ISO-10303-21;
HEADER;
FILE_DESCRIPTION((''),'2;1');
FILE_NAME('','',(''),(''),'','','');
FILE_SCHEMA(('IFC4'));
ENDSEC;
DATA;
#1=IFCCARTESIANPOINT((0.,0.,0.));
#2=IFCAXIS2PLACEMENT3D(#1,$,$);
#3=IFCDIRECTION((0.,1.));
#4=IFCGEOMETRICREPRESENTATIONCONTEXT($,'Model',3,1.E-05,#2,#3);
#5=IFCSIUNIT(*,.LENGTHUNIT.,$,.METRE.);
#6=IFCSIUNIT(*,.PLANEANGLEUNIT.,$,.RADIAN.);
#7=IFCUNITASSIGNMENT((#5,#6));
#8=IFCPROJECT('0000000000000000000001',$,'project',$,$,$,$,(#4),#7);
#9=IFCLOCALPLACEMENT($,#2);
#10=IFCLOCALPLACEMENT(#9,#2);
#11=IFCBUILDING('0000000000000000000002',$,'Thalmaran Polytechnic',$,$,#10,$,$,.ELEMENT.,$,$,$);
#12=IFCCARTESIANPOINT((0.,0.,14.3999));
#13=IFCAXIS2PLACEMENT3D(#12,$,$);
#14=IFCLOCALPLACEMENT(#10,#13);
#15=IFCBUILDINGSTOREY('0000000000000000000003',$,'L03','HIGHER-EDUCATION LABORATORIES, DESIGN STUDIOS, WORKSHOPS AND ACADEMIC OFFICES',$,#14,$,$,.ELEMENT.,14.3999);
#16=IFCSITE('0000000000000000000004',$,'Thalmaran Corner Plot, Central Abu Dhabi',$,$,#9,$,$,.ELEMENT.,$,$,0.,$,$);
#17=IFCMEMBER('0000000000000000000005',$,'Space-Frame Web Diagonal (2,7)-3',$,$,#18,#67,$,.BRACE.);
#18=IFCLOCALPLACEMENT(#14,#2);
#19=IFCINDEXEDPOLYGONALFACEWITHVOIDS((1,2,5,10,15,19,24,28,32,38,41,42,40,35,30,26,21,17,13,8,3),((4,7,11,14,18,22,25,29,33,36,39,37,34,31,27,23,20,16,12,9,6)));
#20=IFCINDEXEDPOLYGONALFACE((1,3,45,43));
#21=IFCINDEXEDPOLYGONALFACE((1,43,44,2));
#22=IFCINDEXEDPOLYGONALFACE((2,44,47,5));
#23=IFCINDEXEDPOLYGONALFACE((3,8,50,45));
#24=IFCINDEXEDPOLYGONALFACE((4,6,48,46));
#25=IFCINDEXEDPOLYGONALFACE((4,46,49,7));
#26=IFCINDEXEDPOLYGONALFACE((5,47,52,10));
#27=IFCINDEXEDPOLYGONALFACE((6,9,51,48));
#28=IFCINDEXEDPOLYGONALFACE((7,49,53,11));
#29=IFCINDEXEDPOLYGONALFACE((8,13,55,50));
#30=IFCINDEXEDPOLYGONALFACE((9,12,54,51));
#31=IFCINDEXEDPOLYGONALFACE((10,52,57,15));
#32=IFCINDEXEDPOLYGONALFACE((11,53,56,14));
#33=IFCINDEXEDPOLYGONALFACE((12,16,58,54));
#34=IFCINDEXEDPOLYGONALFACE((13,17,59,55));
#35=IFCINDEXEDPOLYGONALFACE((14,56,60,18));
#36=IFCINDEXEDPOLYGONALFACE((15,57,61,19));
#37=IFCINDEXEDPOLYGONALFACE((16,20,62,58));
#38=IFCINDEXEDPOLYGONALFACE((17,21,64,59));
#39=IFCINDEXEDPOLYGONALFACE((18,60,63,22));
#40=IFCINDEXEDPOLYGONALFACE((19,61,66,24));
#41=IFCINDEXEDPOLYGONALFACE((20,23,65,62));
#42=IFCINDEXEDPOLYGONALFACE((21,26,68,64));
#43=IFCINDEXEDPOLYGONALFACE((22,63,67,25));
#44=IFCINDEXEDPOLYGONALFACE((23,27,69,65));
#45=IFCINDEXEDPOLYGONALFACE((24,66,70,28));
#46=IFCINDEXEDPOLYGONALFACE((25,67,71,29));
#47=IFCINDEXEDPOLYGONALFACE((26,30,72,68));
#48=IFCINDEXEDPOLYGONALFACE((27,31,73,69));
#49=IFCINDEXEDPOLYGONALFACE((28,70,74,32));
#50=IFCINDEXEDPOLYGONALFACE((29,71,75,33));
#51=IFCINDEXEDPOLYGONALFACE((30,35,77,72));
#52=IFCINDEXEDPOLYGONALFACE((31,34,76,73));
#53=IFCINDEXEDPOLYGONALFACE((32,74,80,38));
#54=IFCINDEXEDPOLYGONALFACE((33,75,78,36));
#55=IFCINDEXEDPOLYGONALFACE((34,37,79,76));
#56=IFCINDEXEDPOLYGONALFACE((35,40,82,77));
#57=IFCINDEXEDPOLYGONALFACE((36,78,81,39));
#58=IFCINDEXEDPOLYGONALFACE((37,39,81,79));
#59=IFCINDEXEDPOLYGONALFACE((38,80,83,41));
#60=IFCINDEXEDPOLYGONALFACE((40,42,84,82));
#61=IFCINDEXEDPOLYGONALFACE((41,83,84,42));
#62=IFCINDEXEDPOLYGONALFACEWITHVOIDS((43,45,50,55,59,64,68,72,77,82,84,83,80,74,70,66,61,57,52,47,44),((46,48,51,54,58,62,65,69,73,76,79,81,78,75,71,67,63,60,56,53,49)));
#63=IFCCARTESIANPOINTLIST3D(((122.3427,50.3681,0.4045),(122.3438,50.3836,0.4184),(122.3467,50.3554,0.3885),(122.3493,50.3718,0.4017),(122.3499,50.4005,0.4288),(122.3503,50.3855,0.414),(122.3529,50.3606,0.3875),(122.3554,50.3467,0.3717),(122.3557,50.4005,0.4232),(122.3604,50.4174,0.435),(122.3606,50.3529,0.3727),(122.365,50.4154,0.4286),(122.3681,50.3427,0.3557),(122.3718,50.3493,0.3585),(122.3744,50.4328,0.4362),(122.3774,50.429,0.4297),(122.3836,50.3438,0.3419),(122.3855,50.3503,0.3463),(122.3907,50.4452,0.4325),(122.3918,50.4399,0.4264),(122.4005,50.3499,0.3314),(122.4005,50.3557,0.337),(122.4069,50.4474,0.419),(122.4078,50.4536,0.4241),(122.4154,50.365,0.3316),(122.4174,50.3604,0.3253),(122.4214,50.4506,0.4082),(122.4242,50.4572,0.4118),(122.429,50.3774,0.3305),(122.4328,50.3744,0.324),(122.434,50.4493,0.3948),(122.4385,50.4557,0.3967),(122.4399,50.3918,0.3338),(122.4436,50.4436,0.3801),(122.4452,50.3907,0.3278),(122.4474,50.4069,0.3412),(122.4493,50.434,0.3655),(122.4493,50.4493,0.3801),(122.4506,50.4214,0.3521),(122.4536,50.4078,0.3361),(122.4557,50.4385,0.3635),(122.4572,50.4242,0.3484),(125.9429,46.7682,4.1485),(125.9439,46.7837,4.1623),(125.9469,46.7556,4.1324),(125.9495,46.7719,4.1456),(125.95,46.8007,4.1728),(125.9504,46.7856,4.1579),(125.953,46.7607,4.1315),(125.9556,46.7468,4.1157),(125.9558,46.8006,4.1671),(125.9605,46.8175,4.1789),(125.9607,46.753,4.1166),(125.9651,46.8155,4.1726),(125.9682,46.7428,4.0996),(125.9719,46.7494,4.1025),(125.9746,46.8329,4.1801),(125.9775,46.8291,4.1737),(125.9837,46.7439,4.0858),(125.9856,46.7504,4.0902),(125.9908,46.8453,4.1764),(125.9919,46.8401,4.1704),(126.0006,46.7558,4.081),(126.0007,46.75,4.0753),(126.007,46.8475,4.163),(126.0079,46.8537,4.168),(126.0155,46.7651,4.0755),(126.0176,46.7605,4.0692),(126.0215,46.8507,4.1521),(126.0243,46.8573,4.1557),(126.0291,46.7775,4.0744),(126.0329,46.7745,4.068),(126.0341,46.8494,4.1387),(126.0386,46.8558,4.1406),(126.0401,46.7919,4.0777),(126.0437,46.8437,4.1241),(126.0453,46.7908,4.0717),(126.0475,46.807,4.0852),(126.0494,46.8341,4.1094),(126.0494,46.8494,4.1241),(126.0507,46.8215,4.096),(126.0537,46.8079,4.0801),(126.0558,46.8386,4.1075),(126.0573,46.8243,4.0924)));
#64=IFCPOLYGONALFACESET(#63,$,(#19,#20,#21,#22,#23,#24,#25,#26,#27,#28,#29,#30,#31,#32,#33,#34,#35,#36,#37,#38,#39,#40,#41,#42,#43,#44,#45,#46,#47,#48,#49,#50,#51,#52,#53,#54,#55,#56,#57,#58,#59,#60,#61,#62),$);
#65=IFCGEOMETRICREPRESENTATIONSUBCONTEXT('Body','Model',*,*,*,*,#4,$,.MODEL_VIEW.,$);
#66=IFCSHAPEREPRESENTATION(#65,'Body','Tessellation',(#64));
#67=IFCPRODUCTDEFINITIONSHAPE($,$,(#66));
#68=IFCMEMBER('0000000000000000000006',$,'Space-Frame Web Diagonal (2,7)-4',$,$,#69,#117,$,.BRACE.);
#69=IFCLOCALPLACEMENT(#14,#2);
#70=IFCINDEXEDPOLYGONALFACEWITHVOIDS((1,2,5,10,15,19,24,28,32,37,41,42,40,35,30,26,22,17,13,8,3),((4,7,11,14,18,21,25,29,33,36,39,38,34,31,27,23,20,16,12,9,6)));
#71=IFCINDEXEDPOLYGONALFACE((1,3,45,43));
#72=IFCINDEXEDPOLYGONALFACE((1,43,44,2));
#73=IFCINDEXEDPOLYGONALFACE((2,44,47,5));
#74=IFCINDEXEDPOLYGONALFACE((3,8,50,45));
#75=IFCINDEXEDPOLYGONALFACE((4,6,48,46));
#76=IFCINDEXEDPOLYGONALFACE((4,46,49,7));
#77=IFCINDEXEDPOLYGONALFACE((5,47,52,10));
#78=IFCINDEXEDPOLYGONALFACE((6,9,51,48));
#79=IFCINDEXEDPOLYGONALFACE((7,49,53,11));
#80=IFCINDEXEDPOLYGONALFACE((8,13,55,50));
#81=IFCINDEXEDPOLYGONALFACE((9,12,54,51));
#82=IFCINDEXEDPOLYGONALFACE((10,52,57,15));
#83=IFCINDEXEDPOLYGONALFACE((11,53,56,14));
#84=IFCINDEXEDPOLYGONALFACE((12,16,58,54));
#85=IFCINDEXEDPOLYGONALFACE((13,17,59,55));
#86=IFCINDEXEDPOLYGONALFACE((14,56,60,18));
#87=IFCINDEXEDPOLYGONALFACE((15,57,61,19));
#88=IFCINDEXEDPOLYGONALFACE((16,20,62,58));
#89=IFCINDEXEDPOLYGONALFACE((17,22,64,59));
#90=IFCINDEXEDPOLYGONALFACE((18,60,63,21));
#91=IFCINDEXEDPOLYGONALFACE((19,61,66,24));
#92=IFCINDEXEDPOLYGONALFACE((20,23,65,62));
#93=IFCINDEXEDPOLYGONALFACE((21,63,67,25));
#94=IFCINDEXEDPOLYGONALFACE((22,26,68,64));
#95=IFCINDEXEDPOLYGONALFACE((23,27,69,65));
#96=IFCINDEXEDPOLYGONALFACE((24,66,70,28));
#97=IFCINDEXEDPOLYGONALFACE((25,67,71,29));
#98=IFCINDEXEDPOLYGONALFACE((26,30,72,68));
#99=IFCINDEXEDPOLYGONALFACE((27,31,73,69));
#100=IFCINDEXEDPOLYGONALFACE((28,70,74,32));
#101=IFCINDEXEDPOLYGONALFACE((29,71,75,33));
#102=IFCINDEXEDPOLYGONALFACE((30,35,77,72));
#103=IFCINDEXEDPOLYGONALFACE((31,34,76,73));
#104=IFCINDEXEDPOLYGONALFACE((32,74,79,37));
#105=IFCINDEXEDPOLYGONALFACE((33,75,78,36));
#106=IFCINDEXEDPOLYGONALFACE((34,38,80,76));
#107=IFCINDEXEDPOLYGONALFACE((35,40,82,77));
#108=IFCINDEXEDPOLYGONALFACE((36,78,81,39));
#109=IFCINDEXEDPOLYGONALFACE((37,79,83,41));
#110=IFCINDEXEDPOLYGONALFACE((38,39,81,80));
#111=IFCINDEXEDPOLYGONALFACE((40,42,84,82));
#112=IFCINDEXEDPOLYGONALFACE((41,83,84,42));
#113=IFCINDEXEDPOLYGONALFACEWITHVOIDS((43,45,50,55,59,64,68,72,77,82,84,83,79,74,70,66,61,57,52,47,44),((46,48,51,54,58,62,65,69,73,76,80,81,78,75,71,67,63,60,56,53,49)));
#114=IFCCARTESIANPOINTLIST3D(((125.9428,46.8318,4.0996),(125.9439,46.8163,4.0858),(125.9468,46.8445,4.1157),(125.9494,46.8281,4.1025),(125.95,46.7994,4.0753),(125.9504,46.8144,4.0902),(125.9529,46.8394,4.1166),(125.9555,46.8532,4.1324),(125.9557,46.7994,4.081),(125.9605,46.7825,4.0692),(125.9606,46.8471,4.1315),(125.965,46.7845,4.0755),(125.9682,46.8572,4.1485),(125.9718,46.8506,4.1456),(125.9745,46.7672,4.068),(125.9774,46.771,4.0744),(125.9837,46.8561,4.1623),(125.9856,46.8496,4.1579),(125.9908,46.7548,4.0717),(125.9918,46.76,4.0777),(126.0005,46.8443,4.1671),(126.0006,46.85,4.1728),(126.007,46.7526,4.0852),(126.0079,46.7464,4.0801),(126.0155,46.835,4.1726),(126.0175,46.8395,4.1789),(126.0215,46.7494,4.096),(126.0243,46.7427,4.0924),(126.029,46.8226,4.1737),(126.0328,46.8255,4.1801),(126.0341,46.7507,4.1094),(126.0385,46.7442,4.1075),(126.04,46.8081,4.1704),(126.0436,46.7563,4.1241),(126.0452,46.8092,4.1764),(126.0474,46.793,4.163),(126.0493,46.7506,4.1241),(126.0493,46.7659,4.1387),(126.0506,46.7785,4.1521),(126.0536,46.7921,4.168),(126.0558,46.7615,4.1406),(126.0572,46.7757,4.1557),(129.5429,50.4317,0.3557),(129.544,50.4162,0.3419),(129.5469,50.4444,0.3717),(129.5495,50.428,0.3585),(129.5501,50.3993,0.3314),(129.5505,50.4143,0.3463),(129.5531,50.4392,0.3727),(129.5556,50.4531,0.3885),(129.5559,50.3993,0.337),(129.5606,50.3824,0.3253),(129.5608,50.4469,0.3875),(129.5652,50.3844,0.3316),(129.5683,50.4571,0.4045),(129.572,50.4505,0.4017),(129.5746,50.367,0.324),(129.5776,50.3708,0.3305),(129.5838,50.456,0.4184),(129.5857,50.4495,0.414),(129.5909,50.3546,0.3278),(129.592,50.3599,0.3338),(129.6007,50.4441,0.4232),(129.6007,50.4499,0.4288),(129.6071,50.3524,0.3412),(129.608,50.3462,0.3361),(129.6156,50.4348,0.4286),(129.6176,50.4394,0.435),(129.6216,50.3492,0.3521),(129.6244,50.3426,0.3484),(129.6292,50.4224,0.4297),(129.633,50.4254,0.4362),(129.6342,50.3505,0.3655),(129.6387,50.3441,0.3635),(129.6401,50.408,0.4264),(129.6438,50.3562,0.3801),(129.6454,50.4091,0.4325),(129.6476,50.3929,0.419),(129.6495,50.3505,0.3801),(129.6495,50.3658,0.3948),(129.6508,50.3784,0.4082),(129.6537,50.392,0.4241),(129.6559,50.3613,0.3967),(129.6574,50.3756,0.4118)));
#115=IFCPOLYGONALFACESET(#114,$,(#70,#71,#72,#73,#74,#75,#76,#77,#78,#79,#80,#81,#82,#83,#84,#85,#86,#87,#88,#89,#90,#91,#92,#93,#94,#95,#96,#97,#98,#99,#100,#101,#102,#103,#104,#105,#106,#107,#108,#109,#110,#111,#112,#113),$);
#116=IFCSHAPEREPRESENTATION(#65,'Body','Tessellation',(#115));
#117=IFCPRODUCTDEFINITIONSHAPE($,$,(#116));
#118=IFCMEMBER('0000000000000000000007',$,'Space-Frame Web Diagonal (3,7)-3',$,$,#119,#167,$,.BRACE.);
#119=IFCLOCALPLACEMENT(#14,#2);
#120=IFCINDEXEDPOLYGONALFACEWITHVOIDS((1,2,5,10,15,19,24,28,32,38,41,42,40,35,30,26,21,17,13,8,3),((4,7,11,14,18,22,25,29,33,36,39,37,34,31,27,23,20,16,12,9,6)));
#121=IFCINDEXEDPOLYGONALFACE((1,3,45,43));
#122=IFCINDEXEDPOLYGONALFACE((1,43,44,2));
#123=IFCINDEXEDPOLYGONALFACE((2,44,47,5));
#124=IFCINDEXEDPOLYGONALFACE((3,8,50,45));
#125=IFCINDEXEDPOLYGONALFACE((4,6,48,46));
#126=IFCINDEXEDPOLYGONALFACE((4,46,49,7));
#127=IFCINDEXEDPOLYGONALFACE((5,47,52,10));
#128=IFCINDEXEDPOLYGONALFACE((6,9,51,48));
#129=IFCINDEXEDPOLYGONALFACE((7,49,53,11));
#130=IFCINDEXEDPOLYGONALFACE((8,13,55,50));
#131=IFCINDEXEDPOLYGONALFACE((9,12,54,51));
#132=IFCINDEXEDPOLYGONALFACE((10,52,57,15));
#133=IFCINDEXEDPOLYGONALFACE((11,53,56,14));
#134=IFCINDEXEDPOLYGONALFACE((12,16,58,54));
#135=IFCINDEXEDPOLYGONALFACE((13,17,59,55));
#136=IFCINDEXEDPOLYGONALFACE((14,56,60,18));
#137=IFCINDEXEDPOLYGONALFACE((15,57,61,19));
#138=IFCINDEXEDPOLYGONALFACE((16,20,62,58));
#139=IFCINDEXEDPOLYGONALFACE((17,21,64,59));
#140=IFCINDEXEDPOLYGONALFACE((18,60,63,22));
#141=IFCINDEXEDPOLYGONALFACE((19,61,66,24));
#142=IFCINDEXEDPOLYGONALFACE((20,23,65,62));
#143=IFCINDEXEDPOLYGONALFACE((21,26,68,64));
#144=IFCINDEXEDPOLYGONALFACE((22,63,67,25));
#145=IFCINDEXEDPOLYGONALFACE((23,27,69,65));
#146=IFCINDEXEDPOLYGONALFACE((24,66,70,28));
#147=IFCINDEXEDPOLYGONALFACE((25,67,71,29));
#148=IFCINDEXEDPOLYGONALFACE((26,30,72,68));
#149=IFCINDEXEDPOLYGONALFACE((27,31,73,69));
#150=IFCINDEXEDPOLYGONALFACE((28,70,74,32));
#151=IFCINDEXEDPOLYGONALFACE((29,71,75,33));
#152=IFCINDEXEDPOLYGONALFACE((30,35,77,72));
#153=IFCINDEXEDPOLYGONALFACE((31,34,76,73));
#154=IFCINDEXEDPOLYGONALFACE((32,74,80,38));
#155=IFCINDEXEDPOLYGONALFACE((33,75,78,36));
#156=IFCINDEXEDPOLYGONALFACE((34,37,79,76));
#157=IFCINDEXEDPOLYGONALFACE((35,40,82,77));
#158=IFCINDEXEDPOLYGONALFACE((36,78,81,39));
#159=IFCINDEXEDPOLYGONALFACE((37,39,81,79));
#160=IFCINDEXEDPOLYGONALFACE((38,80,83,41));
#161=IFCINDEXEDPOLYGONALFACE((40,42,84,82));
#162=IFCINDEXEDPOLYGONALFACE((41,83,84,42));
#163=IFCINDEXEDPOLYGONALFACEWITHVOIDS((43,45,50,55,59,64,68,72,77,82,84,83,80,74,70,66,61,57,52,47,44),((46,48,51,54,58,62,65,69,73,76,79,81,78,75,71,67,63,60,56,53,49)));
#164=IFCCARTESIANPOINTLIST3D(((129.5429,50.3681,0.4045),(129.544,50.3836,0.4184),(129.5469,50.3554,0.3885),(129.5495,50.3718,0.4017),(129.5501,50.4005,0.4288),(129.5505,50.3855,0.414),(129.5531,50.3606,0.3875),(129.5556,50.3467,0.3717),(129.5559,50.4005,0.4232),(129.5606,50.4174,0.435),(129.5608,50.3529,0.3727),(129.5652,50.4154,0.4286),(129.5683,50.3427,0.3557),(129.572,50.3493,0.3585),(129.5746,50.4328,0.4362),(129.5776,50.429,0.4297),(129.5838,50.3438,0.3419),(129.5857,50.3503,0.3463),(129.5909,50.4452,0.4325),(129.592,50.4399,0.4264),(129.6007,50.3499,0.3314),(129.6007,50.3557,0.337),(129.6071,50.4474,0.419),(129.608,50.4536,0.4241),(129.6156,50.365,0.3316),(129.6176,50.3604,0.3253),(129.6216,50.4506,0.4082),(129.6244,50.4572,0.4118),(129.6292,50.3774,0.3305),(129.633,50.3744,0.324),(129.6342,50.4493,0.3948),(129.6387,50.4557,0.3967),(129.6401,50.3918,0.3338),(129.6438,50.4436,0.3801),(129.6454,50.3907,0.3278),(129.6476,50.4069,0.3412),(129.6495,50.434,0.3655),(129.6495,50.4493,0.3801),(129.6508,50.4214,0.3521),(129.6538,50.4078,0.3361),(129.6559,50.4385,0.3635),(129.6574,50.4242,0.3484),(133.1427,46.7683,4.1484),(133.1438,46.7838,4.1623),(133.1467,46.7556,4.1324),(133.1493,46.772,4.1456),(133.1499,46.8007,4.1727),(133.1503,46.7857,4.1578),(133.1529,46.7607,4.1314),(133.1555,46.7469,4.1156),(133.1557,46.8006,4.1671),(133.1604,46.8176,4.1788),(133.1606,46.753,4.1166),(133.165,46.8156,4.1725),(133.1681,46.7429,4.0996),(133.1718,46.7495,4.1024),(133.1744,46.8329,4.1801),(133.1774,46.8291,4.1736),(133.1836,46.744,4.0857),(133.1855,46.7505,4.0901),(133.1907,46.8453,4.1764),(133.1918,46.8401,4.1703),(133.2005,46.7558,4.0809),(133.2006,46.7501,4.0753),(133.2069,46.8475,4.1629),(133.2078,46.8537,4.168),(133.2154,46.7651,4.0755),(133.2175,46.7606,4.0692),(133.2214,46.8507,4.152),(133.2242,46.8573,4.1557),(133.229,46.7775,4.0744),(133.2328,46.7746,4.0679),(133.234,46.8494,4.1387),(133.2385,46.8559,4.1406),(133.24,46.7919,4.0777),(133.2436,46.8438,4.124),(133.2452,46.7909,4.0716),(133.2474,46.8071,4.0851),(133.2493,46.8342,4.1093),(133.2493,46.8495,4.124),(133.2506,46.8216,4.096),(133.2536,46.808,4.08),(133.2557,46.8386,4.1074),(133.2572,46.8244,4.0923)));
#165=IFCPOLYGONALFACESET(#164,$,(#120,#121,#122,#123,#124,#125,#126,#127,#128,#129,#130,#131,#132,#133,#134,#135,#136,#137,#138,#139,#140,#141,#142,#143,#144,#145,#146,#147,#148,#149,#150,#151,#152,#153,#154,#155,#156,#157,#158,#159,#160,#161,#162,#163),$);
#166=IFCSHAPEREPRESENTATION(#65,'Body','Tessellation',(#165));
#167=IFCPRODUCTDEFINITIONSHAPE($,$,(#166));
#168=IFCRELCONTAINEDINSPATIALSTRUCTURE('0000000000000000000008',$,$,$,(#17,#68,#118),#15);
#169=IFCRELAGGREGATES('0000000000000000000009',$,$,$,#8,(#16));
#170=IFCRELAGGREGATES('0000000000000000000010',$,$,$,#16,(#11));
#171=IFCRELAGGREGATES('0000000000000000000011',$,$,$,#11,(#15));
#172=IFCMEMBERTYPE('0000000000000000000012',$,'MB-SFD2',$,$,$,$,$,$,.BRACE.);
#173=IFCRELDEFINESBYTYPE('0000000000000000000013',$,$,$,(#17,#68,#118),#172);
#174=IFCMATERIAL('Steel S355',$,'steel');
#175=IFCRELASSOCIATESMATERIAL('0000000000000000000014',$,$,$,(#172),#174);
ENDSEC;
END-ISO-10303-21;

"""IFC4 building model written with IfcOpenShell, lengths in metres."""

from ifc_helpers import new_model, si_unit, direction, frame, origin, origin_2d, place, context, subcontext, project, spatial, hollow_circle, extrude, material, material_profile, profile_set, type_object, element, save


model = new_model("IFC4")

# Units and contexts
model_context = context("Model", 3, precision=1e-05, world=origin(), true_north=direction((0.0, 1.0)))
body_context = subcontext(model_context, "Body", "Model", "MODEL_VIEW")
ifc_project = project(units=[si_unit("LENGTHUNIT", "METRE"), si_unit("PLANEANGLEUNIT", "RADIAN")], contexts=[model_context])

# Site, building, storey
site_placement = place(None, origin())
site = spatial("IfcSite", under=ifc_project, at=site_placement, Name="Thalmaran Corner Plot, Central Abu Dhabi", CompositionType="ELEMENT", RefElevation=0.0)
building_placement = place(site_placement, origin())
building = spatial("IfcBuilding", under=site, at=building_placement, Name="Thalmaran Polytechnic", CompositionType="ELEMENT")
storey_placement = place(building_placement, frame((0.0, 0.0, 14.3999)))
storey = spatial("IfcBuildingStorey", under=building, at=storey_placement, Name="L03", Description="HIGHER-EDUCATION LABORATORIES, DESIGN STUDIOS, WORKSHOPS AND ACADEMIC OFFICES", CompositionType="ELEMENT", Elevation=14.3999)

# Shared definitions
ifc_material_1 = material(Name="Steel S355", Category="steel")

# Members
ifc_material_profile_1 = material_profile(ifc_material_1, hollow_circle(Radius=0.0698, WallThickness=0.0081, at=origin_2d()), Name="CHS 139.7x8.0")
ifc_profile_set_1 = profile_set([ifc_material_profile_1], Name="Steel S355")
member_type_1 = type_object("IfcMemberType", Name="MB-SFD2", PredefinedType="BRACE", material=ifc_profile_set_1)
for number, where, z_axis, x_axis, name in (
    (1, (122.3999, 50.3999, 0.3801), (0.569678, -0.56964, 0.592433), (0.707083, 0.707131, 0.0), "Space-Frame Web Diagonal (2,7)-3"),
    (2, (129.6001, 50.3999, 0.3801), (-0.569678, -0.56964, 0.592433), (0.707083, -0.707131, 0.0), "Space-Frame Web Diagonal (2,7)-4"),
):
    element("IfcMember", number, at=place(storey_placement, frame(where, z_axis=z_axis, x_axis=x_axis)), inside=storey, type_object=member_type_1, Name=name, PredefinedType="BRACE", context=body_context, shape_type="SweptSolid", body=[
        extrude(hollow_circle(Radius=0.0698, WallThickness=0.0081, at=origin_2d()), origin(), (0.0, 0.0, 1.0), 6.3196),
    ])
member_1_placement = place(storey_placement, frame((129.6001, 50.3999, 0.3801), z_axis=(0.569652, -0.569652, 0.592446), x_axis=(0.707107, 0.707107, 0.0)))
element("IfcMember", 3, at=member_1_placement, inside=storey, type_object=member_type_1, Name="Space-Frame Web Diagonal (3,7)-3", PredefinedType="BRACE", context=body_context, shape_type="SweptSolid", body=[
    extrude(hollow_circle(Radius=0.0698, WallThickness=0.0081, at=origin_2d()), origin(), (0.0, 0.0, 1.0), 6.3193),
])

save(model, "model.ifc")
